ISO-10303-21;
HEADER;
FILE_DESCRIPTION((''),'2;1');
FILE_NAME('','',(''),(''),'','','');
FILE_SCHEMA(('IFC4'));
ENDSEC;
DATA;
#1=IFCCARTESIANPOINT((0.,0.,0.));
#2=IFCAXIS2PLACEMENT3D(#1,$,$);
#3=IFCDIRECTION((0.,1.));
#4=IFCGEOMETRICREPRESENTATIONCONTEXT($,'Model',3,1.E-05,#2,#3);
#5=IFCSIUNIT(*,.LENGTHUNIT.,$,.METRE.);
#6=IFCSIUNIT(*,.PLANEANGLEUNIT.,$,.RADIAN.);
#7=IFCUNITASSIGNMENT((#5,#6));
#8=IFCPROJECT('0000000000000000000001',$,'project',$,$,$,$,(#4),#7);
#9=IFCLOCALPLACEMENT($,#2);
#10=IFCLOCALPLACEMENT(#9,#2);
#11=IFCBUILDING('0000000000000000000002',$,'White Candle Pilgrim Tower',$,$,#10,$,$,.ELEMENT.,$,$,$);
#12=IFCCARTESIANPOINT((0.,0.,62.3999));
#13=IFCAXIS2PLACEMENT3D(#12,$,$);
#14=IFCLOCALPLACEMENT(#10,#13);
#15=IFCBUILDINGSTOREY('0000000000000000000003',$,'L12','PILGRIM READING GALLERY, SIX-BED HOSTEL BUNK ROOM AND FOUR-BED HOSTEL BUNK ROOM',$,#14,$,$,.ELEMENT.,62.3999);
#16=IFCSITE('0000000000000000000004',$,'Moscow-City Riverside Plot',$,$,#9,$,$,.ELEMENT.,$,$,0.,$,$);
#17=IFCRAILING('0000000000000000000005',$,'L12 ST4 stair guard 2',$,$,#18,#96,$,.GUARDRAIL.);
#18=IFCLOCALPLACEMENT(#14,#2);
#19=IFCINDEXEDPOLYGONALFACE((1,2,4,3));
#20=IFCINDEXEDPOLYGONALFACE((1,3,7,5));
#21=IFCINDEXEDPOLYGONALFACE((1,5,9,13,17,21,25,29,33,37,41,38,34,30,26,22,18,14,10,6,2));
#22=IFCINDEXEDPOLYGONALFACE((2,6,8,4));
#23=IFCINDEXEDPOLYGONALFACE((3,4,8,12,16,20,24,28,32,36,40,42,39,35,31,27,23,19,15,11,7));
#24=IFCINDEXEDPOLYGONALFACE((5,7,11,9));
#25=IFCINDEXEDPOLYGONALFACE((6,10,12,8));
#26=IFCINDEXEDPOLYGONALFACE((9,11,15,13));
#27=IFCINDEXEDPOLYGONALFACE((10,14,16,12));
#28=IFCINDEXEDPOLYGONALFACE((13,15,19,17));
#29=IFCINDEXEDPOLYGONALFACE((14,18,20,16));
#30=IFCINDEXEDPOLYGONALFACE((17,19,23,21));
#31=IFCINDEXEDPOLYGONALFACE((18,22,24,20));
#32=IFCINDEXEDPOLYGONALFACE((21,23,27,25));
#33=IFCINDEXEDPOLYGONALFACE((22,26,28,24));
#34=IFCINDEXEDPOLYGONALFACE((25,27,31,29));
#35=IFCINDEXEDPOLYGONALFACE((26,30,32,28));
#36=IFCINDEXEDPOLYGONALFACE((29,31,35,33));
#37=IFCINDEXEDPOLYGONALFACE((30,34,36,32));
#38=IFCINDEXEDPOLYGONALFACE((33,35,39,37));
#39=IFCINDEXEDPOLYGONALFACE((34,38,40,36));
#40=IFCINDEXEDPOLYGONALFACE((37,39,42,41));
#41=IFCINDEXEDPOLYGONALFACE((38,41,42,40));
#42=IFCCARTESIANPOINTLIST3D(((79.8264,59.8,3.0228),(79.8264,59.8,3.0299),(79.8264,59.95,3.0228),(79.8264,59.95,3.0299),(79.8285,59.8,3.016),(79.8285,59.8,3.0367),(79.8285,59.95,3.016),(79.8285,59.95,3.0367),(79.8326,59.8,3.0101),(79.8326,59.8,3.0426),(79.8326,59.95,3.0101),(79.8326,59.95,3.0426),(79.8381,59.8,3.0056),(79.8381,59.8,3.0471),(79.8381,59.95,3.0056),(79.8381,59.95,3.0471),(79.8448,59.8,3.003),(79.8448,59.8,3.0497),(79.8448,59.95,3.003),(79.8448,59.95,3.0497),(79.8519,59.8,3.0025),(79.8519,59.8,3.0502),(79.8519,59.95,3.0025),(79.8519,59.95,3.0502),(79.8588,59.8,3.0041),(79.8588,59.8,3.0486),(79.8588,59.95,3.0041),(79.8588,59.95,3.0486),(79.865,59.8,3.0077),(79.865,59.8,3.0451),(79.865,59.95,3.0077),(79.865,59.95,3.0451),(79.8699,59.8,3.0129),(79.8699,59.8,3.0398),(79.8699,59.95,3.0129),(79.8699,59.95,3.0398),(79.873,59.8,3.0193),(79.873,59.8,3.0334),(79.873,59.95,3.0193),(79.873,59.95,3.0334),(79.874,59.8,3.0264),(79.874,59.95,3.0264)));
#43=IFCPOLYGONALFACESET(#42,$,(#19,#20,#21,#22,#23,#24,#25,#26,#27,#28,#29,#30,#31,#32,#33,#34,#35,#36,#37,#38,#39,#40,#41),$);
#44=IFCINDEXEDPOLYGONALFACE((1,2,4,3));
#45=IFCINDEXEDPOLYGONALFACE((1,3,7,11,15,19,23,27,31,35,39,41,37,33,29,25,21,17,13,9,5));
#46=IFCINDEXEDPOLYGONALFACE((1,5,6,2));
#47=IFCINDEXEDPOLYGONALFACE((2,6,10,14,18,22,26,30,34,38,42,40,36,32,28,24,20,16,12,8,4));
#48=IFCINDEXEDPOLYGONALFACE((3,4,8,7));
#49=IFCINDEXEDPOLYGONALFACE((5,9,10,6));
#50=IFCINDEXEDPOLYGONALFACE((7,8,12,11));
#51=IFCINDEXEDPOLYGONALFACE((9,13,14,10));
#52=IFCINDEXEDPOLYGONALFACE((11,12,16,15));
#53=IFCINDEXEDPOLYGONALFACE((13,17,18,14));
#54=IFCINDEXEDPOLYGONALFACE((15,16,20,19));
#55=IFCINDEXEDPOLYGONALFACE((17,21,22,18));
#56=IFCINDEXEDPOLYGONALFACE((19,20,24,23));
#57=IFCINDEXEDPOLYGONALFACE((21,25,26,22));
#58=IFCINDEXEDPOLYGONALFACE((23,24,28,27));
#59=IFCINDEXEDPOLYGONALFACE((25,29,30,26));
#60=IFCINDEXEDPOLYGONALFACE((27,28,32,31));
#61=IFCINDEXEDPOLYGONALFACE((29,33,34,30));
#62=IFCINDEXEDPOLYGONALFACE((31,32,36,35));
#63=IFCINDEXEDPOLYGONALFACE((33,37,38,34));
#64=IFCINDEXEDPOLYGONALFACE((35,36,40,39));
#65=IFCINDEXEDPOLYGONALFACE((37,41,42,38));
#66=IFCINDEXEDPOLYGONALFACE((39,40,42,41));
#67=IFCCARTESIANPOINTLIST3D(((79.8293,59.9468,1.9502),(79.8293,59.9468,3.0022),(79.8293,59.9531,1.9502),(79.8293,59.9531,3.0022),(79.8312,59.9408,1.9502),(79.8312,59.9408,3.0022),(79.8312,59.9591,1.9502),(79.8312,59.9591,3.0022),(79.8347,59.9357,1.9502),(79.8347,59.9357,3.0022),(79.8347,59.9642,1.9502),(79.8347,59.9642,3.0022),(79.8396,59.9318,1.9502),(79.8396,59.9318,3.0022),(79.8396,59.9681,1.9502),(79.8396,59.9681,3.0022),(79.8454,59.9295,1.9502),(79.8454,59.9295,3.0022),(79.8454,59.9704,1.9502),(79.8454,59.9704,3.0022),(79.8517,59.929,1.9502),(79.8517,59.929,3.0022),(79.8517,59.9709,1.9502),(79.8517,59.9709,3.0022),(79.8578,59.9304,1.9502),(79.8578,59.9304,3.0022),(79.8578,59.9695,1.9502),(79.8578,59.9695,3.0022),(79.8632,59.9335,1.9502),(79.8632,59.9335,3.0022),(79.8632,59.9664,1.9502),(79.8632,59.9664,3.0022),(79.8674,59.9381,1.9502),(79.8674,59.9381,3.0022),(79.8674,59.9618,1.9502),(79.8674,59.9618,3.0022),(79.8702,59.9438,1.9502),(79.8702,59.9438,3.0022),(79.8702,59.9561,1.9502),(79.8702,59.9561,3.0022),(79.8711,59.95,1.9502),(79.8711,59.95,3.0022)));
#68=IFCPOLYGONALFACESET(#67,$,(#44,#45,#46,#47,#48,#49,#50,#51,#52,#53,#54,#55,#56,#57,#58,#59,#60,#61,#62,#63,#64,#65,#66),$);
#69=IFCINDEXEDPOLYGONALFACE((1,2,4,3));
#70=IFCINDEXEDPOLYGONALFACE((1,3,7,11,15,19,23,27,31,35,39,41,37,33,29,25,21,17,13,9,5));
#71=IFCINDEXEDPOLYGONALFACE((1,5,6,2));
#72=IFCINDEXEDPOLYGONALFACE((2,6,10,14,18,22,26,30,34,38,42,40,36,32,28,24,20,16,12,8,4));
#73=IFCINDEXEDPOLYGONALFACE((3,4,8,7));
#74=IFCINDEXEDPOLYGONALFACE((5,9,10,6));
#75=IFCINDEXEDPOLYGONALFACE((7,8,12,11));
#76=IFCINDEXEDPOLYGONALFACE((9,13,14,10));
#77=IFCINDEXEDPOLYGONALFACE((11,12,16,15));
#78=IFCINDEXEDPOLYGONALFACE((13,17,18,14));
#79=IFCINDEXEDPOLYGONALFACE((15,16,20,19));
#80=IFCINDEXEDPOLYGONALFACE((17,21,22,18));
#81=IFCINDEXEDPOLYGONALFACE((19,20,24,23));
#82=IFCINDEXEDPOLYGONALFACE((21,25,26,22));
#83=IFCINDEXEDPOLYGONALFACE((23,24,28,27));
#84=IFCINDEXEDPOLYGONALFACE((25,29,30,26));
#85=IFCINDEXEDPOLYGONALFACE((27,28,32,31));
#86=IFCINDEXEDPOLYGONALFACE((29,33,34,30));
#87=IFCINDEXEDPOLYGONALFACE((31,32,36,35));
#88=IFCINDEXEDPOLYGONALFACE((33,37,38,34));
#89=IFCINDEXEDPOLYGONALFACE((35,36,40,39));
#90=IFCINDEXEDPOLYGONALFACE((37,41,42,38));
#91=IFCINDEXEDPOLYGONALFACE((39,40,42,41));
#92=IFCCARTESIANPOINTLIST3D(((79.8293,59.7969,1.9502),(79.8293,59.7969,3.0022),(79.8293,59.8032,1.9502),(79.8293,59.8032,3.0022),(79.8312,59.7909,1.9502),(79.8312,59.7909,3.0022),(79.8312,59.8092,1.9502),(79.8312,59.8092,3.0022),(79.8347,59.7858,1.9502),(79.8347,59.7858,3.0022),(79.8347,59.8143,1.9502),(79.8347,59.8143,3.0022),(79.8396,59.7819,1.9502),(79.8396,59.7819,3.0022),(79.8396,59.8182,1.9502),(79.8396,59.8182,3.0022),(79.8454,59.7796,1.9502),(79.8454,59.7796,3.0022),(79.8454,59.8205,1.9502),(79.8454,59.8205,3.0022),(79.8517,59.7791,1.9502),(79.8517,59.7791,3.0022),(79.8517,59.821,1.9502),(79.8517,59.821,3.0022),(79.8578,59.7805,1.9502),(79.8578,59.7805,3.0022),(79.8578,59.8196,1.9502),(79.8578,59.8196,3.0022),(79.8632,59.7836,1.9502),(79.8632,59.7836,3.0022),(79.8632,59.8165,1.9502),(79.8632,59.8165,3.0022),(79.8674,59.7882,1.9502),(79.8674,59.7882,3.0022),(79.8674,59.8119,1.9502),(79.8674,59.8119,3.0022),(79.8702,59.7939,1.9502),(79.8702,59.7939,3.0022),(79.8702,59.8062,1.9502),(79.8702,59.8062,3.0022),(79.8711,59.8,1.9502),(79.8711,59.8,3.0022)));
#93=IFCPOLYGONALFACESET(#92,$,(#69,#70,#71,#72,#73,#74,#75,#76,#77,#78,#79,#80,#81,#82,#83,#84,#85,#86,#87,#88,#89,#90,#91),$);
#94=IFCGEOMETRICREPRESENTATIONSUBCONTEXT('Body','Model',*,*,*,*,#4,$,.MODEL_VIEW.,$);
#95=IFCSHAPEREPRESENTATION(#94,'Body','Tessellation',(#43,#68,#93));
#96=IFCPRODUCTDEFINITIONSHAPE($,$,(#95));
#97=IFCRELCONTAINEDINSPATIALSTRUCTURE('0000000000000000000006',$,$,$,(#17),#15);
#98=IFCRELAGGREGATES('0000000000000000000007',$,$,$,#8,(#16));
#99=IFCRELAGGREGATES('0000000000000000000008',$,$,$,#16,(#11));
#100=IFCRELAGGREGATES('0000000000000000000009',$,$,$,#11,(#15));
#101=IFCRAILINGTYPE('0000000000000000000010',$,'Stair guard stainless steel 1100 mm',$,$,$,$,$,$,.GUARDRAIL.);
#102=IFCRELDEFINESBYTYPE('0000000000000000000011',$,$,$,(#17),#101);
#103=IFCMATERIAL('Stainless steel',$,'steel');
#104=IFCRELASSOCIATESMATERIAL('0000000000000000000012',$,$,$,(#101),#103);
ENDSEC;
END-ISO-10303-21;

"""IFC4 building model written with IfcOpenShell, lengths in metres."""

from ifc_helpers import new_model, si_unit, direction, frame, origin, origin_2d, place, context, subcontext, project, spatial, circle, extrude, material, type_object, element, save


model = new_model("IFC4")

# Units and contexts
model_context = context("Model", 3, precision=1e-05, world=origin(), true_north=direction((0.0, 1.0)))
body_context = subcontext(model_context, "Body", "Model", "MODEL_VIEW")
ifc_project = project(units=[si_unit("LENGTHUNIT", "METRE"), si_unit("PLANEANGLEUNIT", "RADIAN")], contexts=[model_context])

# Site, building, storey
site_placement = place(None, origin())
site = spatial("IfcSite", under=ifc_project, at=site_placement, Name="Moscow-City Riverside Plot", CompositionType="ELEMENT", RefElevation=0.0)
building_placement = place(site_placement, origin())
building = spatial("IfcBuilding", under=site, at=building_placement, Name="White Candle Pilgrim Tower", CompositionType="ELEMENT")
storey_placement = place(building_placement, frame((0.0, 0.0, 62.3999)))
storey = spatial("IfcBuildingStorey", under=building, at=storey_placement, Name="L12", Description="PILGRIM READING GALLERY, SIX-BED HOSTEL BUNK ROOM AND FOUR-BED HOSTEL BUNK ROOM", CompositionType="ELEMENT", Elevation=62.3999)

# Railing
ifc_material_1 = material(Name="Stainless steel", Category="steel")
railing_type_1 = type_object("IfcRailingType", Name="Stair guard stainless steel 1100 mm", PredefinedType="GUARDRAIL", material=ifc_material_1)
railing_1_placement = place(storey_placement, frame((79.8501, 59.95, 1.9502)))
element("IfcRailing", 1, at=railing_1_placement, inside=storey, type_object=railing_type_1, Name="L12 ST4 stair guard 2", PredefinedType="GUARDRAIL", context=body_context, shape_type="SweptSolid", body=[
    extrude(circle(Radius=0.0239, at=origin_2d()), frame((0.0, 0.0, 1.0762), z_axis=(0.0, -1.0, 0.0), x_axis=(1.0, 0.0, 0.0)), (0.0, 0.0, 1.0), 0.1499),
    extrude(circle(Radius=0.021, at=origin_2d()), origin(), (0.0, 0.0, 1.0), 1.052),
    extrude(circle(Radius=0.021, at=origin_2d()), frame((0.0, -0.1499, 0.0)), (0.0, 0.0, 1.0), 1.052),
])

save(model, "model.ifc")
